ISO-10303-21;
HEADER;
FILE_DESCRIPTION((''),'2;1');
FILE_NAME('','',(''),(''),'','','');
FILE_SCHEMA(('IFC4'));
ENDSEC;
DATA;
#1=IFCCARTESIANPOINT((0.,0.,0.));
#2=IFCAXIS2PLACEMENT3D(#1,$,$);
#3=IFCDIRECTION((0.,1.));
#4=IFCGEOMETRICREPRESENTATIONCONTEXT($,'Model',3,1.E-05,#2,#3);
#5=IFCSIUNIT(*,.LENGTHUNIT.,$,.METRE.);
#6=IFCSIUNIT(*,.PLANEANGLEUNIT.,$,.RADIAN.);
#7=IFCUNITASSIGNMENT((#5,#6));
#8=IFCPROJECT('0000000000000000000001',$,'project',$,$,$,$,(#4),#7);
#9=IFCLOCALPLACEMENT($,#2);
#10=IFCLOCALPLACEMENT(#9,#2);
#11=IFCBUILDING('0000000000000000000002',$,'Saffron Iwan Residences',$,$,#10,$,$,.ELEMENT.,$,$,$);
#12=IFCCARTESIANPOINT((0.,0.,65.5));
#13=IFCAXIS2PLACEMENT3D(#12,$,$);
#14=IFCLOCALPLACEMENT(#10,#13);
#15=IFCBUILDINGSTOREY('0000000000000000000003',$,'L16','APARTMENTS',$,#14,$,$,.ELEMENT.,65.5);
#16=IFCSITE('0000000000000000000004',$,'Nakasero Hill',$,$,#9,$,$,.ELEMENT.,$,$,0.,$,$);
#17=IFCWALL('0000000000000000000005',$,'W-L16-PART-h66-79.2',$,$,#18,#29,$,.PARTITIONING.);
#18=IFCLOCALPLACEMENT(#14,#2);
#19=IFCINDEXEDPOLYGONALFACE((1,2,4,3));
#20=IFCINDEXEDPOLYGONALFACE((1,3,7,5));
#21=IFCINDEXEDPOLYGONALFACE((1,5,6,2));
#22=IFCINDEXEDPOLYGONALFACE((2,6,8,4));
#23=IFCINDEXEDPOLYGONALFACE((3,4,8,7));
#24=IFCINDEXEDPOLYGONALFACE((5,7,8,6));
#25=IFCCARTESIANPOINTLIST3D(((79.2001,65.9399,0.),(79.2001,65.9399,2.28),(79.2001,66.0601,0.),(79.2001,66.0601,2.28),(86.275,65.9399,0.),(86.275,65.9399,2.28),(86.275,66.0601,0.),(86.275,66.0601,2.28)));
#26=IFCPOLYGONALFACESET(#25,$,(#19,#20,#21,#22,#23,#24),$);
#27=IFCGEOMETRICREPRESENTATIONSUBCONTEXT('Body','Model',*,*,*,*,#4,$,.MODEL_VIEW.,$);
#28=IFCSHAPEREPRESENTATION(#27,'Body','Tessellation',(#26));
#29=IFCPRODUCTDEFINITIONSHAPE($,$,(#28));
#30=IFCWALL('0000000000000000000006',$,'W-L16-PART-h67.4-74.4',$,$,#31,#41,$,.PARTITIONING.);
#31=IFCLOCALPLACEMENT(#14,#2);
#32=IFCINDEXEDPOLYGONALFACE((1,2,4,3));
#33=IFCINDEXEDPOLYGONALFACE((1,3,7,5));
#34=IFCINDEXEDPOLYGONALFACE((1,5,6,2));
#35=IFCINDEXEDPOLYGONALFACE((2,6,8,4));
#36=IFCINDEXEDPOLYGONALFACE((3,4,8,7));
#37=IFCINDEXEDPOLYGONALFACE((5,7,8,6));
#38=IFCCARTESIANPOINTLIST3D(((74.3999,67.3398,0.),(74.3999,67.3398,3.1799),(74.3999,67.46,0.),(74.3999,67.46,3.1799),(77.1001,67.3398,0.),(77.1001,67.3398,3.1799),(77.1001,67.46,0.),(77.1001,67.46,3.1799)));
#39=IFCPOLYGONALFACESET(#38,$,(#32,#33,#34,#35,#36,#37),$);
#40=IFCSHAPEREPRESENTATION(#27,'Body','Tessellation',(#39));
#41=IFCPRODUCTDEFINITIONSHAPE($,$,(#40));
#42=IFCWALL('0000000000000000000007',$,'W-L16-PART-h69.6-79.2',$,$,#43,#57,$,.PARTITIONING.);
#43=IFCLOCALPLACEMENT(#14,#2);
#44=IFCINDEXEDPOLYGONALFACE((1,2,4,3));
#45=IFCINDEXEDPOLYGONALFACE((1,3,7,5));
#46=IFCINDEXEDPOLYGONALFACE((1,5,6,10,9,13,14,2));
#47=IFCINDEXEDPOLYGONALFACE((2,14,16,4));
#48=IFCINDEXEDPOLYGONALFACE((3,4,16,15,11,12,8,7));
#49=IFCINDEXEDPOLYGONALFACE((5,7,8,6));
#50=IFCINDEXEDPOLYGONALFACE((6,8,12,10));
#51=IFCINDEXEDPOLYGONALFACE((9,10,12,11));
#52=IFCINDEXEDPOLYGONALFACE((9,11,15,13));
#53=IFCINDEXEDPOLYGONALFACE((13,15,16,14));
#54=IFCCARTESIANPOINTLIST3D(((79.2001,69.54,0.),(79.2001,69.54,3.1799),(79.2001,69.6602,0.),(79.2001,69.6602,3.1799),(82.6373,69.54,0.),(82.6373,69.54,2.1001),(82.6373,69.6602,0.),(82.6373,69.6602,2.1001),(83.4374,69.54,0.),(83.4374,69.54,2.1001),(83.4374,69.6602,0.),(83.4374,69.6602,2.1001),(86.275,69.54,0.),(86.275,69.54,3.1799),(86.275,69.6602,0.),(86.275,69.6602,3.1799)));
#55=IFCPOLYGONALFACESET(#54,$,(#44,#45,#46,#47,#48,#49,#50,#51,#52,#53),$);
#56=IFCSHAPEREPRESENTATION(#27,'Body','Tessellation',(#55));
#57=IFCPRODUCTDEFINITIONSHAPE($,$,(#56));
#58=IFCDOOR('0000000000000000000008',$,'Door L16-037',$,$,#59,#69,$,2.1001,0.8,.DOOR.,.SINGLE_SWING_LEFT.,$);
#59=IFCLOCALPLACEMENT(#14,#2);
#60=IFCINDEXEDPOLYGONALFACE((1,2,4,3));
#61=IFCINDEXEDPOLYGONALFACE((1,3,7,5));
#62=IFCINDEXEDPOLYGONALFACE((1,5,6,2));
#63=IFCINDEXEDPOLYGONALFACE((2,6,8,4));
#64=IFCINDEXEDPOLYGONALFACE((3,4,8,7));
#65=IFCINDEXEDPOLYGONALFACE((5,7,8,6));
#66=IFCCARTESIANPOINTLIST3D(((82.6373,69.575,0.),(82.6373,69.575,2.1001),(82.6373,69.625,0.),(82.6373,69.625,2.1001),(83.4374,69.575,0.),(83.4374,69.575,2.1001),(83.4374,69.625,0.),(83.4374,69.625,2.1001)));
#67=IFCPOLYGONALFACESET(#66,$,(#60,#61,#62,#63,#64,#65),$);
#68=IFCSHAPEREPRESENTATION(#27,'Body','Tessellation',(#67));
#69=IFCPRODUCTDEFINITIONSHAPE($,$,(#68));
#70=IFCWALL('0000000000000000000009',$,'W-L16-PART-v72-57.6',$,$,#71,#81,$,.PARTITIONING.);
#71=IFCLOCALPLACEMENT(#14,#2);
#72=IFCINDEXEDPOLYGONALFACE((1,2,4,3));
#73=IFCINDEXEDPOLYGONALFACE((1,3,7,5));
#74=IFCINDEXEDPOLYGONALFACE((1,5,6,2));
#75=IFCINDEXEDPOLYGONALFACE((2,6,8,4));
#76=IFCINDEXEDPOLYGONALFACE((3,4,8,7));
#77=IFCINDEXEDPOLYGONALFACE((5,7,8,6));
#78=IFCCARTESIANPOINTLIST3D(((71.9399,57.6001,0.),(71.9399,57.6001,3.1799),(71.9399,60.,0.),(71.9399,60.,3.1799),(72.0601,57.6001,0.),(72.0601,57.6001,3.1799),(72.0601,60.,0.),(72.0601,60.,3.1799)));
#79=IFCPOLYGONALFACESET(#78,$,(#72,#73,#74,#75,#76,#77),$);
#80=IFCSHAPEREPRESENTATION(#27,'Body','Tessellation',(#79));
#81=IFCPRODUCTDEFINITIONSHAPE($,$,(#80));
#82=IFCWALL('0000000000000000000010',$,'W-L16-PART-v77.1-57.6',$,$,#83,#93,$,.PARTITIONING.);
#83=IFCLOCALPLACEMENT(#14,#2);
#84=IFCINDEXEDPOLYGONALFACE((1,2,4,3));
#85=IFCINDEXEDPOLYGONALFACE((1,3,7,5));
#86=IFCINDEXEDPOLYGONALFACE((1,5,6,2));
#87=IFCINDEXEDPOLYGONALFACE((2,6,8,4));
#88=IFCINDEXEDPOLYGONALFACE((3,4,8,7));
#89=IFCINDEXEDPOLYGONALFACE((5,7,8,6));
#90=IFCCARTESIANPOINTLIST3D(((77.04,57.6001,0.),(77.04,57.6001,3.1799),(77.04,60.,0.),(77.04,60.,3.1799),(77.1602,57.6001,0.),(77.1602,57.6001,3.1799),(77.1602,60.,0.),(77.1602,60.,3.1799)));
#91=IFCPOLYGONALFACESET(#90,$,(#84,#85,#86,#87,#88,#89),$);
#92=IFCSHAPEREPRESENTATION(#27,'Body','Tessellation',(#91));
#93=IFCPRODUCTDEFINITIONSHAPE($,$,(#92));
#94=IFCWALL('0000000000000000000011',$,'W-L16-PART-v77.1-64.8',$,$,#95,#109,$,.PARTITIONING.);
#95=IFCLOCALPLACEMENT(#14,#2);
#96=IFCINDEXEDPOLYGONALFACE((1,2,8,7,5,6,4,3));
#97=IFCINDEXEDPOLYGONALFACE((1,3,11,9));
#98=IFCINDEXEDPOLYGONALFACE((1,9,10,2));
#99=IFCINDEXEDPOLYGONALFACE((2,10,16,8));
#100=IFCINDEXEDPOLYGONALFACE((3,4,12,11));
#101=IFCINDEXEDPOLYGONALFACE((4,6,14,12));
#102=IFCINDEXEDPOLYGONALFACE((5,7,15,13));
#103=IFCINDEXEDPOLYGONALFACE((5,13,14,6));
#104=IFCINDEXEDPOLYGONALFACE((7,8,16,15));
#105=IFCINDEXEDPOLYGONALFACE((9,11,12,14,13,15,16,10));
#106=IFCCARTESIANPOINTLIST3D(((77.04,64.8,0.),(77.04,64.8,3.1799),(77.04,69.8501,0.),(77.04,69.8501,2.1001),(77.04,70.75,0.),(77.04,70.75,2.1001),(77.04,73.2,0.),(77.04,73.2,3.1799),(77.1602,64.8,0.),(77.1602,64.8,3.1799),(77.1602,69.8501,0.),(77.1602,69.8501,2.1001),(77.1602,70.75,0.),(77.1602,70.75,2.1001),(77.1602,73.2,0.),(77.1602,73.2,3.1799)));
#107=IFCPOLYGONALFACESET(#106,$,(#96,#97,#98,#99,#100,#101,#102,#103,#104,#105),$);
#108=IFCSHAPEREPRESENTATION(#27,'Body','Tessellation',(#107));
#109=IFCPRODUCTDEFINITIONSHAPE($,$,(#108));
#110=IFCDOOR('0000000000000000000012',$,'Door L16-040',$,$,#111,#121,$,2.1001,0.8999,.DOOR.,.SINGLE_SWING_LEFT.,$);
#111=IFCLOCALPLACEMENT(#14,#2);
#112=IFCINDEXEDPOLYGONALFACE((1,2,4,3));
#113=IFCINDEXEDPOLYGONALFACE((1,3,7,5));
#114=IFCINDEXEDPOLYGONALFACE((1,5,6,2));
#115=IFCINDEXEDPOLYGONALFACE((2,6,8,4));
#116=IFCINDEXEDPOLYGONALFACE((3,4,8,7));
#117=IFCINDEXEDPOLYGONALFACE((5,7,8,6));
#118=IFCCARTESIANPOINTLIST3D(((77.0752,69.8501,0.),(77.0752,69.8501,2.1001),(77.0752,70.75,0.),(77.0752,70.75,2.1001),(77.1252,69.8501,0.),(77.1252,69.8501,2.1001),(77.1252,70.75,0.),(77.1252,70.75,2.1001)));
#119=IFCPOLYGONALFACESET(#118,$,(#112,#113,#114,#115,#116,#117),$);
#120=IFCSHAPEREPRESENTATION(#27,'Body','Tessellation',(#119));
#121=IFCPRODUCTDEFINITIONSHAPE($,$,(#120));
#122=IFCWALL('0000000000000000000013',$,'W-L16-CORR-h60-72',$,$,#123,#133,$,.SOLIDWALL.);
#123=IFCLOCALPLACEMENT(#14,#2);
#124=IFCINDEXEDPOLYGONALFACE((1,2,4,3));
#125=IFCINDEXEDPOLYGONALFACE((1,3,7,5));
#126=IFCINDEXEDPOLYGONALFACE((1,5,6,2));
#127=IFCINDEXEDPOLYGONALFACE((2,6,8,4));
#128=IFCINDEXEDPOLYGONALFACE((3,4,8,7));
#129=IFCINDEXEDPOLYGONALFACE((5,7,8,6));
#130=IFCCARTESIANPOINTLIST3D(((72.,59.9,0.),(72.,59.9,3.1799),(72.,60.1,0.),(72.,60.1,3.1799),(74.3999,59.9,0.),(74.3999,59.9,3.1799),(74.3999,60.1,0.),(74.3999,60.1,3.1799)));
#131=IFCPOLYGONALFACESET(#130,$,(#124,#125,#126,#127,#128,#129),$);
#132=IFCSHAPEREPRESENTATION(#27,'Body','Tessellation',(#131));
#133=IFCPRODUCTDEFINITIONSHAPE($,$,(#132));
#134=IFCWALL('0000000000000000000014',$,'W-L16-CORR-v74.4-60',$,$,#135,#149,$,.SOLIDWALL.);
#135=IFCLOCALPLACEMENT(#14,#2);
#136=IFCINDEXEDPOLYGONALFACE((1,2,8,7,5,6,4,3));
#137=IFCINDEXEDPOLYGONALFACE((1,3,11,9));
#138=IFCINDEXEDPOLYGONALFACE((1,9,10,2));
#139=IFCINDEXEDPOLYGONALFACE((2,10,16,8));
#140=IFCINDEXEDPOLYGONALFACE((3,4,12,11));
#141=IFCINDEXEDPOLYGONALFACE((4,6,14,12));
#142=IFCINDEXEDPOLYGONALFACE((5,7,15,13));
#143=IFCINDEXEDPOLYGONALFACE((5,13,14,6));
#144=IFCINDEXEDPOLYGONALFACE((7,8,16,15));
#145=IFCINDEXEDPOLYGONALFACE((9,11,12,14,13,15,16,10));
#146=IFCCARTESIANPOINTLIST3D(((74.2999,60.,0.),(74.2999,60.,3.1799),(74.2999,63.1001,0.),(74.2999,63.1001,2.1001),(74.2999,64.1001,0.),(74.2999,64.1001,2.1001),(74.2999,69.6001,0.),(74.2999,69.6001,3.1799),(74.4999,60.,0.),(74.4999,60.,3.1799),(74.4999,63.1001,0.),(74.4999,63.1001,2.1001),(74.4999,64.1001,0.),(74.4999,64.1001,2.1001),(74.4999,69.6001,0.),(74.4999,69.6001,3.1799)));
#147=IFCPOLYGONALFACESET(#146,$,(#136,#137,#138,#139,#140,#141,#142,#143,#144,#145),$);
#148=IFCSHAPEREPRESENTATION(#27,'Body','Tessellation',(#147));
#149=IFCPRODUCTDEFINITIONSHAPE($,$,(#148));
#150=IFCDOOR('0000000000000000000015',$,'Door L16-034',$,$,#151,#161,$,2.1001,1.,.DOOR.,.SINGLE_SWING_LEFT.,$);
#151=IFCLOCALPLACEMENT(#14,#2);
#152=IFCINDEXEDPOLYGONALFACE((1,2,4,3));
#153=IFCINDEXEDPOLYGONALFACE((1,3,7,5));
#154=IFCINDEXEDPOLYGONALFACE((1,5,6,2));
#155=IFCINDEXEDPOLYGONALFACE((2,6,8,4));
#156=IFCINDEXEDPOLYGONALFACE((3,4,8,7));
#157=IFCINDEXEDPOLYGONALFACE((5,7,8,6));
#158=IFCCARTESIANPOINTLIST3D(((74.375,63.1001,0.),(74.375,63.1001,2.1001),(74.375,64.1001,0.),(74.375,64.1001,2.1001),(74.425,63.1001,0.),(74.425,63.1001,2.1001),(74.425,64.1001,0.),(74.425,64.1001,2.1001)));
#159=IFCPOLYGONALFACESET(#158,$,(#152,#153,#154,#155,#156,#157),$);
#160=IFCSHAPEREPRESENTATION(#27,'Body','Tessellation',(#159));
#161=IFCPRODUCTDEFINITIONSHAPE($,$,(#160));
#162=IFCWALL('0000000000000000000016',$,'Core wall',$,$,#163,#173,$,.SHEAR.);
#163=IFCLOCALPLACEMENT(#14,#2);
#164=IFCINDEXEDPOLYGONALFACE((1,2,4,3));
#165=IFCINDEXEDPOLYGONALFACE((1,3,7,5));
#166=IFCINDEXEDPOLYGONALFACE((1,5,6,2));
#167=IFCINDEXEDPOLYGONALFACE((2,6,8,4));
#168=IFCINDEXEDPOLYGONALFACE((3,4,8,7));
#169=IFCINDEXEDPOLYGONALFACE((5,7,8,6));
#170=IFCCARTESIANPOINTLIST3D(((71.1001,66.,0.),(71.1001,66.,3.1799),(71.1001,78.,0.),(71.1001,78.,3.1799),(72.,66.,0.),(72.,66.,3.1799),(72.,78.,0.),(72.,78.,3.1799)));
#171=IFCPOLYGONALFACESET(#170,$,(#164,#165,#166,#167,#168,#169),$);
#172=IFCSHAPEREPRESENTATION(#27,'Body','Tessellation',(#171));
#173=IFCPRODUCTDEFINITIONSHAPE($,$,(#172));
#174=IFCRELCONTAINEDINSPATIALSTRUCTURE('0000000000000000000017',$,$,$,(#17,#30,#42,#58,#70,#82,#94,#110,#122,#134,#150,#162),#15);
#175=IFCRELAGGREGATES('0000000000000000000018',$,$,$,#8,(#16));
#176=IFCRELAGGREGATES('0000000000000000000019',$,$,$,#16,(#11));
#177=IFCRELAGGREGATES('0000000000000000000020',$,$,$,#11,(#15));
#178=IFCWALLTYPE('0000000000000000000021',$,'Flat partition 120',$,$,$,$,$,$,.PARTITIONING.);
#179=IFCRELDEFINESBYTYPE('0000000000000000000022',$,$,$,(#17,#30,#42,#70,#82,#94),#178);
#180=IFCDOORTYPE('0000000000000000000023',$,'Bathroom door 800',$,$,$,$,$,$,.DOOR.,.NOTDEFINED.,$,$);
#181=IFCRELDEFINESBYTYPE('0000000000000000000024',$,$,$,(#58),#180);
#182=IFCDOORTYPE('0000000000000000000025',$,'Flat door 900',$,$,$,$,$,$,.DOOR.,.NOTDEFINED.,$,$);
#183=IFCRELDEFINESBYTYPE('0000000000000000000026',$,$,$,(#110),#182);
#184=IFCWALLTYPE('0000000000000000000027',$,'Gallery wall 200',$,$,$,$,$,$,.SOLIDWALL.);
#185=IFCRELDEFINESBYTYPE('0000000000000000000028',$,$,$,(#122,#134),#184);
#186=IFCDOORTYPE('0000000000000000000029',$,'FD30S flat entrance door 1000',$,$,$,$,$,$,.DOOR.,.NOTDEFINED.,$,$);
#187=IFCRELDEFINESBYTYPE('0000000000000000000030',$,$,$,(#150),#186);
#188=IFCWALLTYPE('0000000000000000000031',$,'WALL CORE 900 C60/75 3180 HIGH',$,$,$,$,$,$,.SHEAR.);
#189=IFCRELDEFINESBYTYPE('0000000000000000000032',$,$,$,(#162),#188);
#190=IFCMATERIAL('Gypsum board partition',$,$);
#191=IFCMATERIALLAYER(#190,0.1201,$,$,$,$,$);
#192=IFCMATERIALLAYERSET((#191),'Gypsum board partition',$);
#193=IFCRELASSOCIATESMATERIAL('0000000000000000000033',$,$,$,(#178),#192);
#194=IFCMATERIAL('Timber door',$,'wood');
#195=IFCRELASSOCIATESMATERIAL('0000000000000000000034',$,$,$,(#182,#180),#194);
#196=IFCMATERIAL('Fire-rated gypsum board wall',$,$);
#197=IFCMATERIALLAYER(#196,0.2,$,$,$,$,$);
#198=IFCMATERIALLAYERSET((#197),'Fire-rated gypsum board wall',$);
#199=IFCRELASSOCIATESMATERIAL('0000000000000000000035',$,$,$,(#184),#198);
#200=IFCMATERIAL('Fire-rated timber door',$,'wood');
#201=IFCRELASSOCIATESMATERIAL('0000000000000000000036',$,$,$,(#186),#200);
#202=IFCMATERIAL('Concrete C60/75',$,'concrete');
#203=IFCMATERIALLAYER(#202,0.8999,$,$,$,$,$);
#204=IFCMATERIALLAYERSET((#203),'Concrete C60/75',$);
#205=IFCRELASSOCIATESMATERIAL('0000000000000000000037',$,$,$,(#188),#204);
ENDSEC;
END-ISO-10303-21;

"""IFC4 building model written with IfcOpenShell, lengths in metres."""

from ifc_helpers import new_model, si_unit, direction, frame, frame_2d, origin, place, context, subcontext, project, spatial, rectangle, extrude, material, layer, layer_set, type_object, element, fill, save


model = new_model("IFC4")

# Units and contexts
model_context = context("Model", 3, precision=1e-05, world=origin(), true_north=direction((0.0, 1.0)))
body_context = subcontext(model_context, "Body", "Model", "MODEL_VIEW")
ifc_project = project(units=[si_unit("LENGTHUNIT", "METRE"), si_unit("PLANEANGLEUNIT", "RADIAN")], contexts=[model_context])

# Site, building, storey
site_placement = place(None, origin())
site = spatial("IfcSite", under=ifc_project, at=site_placement, Name="Nakasero Hill", CompositionType="ELEMENT", RefElevation=0.0)
building_placement = place(site_placement, origin())
building = spatial("IfcBuilding", under=site, at=building_placement, Name="Saffron Iwan Residences", CompositionType="ELEMENT")
storey_placement = place(building_placement, frame((0.0, 0.0, 65.5)))
storey = spatial("IfcBuildingStorey", under=building, at=storey_placement, Name="L16", Description="APARTMENTS", CompositionType="ELEMENT", Elevation=65.5)

# Shared definitions
ifc_material_1 = material(Name="Concrete C60/75", Category="concrete")

# Shared definitions
ifc_material_2 = material(Name="Fire-rated gypsum board wall")
ifc_material_3 = material(Name="Gypsum board partition")
ifc_layer_1 = layer(ifc_material_3, 0.1201)
ifc_layer_set_1 = layer_set([ifc_layer_1], Name="Gypsum board partition")
wall_type_1 = type_object("IfcWallType", Name="Flat partition 120", PredefinedType="PARTITIONING", material=ifc_layer_set_1)

# Shared definitions
ifc_material_4 = material(Name="Timber door", Category="wood")
door_type_1 = type_object("IfcDoorType", Name="Flat door 900", OperationType="NOTDEFINED", PredefinedType="DOOR", material=ifc_material_4)

# Walls
wall_1_placement = place(storey_placement, frame((79.2, 66.0, 0.0), z_axis=(0.0, 0.0, 1.0), x_axis=(1.0, 0.0, 0.0)))
element("IfcWall", 1, at=wall_1_placement, inside=storey, type_object=wall_type_1, Name="W-L16-PART-h66-79.2", PredefinedType="PARTITIONING", context=body_context, shape_type="SweptSolid", body=[
    extrude(rectangle(XDim=7.075, YDim=0.1201, at=frame_2d((3.5376, 0.0))), origin(), (0.0, 0.0, 1.0), 2.28),
])
wall_2_placement = place(storey_placement, frame((74.3999, 67.3999, 0.0), z_axis=(0.0, 0.0, 1.0), x_axis=(1.0, 0.0, 0.0)))
element("IfcWall", 2, at=wall_2_placement, inside=storey, type_object=wall_type_1, Name="W-L16-PART-h67.4-74.4", PredefinedType="PARTITIONING", context=body_context, shape_type="SweptSolid", body=[
    extrude(rectangle(XDim=2.7002, YDim=0.1201, at=frame_2d((1.3501, 0.0))), origin(), (0.0, 0.0, 1.0), 3.1799),
])

# Wall, opening, door
wall_3_placement = place(storey_placement, frame((79.2, 69.6001, 0.0), z_axis=(0.0, 0.0, 1.0), x_axis=(1.0, 0.0, 0.0)))
wall_3 = element("IfcWall", 3, at=wall_3_placement, inside=storey, type_object=wall_type_1, Name="W-L16-PART-h69.6-79.2", PredefinedType="PARTITIONING", context=body_context, shape_type="SweptSolid", body=[
    extrude(rectangle(XDim=7.075, YDim=0.1201, at=frame_2d((3.5376, 0.0))), origin(), (0.0, 0.0, 1.0), 3.1799),
])
opening_1_placement = place(wall_3_placement, frame((3.4375, 0.0, 0.0)))
opening_1 = element("IfcOpeningElement", 4, at=opening_1_placement, cuts=wall_3, PredefinedType="OPENING", context=body_context, shape_type="SweptSolid", body=[
    extrude(rectangle(XDim=0.8, YDim=2.1001, at=frame_2d((0.3999, 1.05))), frame((0.0, 0.0701, 0.0), z_axis=(0.0, -1.0, 0.0), x_axis=(1.0, 0.0, 0.0)), (0.0, 0.0, 1.0), 0.1401),
])
door_type_2 = type_object("IfcDoorType", Name="Bathroom door 800", OperationType="NOTDEFINED", PredefinedType="DOOR", material=ifc_material_4)
door_1_placement = place(opening_1_placement, origin())
door_1 = element("IfcDoor", 5, at=door_1_placement, inside=storey, type_object=door_type_2, Name="Door L16-037", OperationType="SINGLE_SWING_LEFT", OverallHeight=2.1001, OverallWidth=0.8, PredefinedType="DOOR", context=body_context, shape_type="SweptSolid", body=[
    extrude(rectangle(XDim=0.8, YDim=2.1001, at=frame_2d((0.3999, 1.05))), frame((0.0, 0.0249, 0.0), z_axis=(0.0, -1.0, 0.0), x_axis=(1.0, 0.0, 0.0)), (0.0, 0.0, 1.0), 0.05),
])
fill(opening_1, door_1)

# Walls
for number, where, z_axis, x_axis, name in (
    (6, (72.0, 57.6001, 0.0), (0.0, 0.0, 1.0), (0.0, 1.0, 0.0), "W-L16-PART-v72-57.6"),
    (7, (77.1001, 57.6001, 0.0), (0.0, 0.0, 1.0), (0.0, 1.0, 0.0), "W-L16-PART-v77.1-57.6"),
):
    element("IfcWall", number, at=place(storey_placement, frame(where, z_axis=z_axis, x_axis=x_axis)), inside=storey, type_object=wall_type_1, Name=name, PredefinedType="PARTITIONING", context=body_context, shape_type="SweptSolid", body=[
        extrude(rectangle(XDim=2.3999, YDim=0.1201, at=frame_2d((1.2, 0.0))), origin(), (0.0, 0.0, 1.0), 3.1799),
    ])

# Wall, opening, door
wall_4_placement = place(storey_placement, frame((77.1001, 64.8, 0.0), z_axis=(0.0, 0.0, 1.0), x_axis=(0.0, 1.0, 0.0)))
wall_4 = element("IfcWall", 8, at=wall_4_placement, inside=storey, type_object=wall_type_1, Name="W-L16-PART-v77.1-64.8", PredefinedType="PARTITIONING", context=body_context, shape_type="SweptSolid", body=[
    extrude(rectangle(XDim=8.3999, YDim=0.1201, at=frame_2d((4.2, 0.0))), origin(), (0.0, 0.0, 1.0), 3.1799),
])
opening_2_placement = place(wall_4_placement, frame((5.05, 0.0, 0.0)))
opening_2 = element("IfcOpeningElement", 9, at=opening_2_placement, cuts=wall_4, PredefinedType="OPENING", context=body_context, shape_type="SweptSolid", body=[
    extrude(rectangle(XDim=0.8999, YDim=2.1001, at=frame_2d((0.45, 1.05))), frame((0.0, 0.0701, 0.0), z_axis=(0.0, -1.0, 0.0), x_axis=(1.0, 0.0, 0.0)), (0.0, 0.0, 1.0), 0.1401),
])
door_2_placement = place(opening_2_placement, origin())
door_2 = element("IfcDoor", 10, at=door_2_placement, inside=storey, type_object=door_type_1, Name="Door L16-040", OperationType="SINGLE_SWING_LEFT", OverallHeight=2.1001, OverallWidth=0.8999, PredefinedType="DOOR", context=body_context, shape_type="SweptSolid", body=[
    extrude(rectangle(XDim=0.8999, YDim=2.1001, at=frame_2d((0.45, 1.05))), frame((0.0, 0.0249, 0.0), z_axis=(0.0, -1.0, 0.0), x_axis=(1.0, 0.0, 0.0)), (0.0, 0.0, 1.0), 0.05),
])
fill(opening_2, door_2)

# Wall
ifc_layer_2 = layer(ifc_material_2, 0.2)
ifc_layer_set_2 = layer_set([ifc_layer_2], Name="Fire-rated gypsum board wall")
wall_type_2 = type_object("IfcWallType", Name="Gallery wall 200", PredefinedType="SOLIDWALL", material=ifc_layer_set_2)
wall_5_placement = place(storey_placement, frame((72.0, 60.0, 0.0), z_axis=(0.0, 0.0, 1.0), x_axis=(1.0, 0.0, 0.0)))
element("IfcWall", 11, at=wall_5_placement, inside=storey, type_object=wall_type_2, Name="W-L16-CORR-h60-72", PredefinedType="SOLIDWALL", context=body_context, shape_type="SweptSolid", body=[
    extrude(rectangle(XDim=2.3999, YDim=0.2, at=frame_2d((1.2, 0.0))), origin(), (0.0, 0.0, 1.0), 3.1799),
])

# Wall, opening, door
wall_6_placement = place(storey_placement, frame((74.3999, 60.0, 0.0), z_axis=(0.0, 0.0, 1.0), x_axis=(0.0, 1.0, 0.0)))
wall_6 = element("IfcWall", 12, at=wall_6_placement, inside=storey, type_object=wall_type_2, Name="W-L16-CORR-v74.4-60", PredefinedType="SOLIDWALL", context=body_context, shape_type="SweptSolid", body=[
    extrude(rectangle(XDim=9.6001, YDim=0.2, at=frame_2d((4.8, 0.0))), origin(), (0.0, 0.0, 1.0), 3.1799),
])
opening_3_placement = place(wall_6_placement, frame((3.1001, 0.0, 0.0)))
opening_3 = element("IfcOpeningElement", 13, at=opening_3_placement, cuts=wall_6, PredefinedType="OPENING", context=body_context, shape_type="SweptSolid", body=[
    extrude(rectangle(XDim=1.0, YDim=2.1001, at=frame_2d((0.5, 1.05))), frame((0.0, 0.1099, 0.0), z_axis=(0.0, -1.0, 0.0), x_axis=(1.0, 0.0, 0.0)), (0.0, 0.0, 1.0), 0.22),
])
ifc_material_5 = material(Name="Fire-rated timber door", Category="wood")
door_type_3 = type_object("IfcDoorType", Name="FD30S flat entrance door 1000", OperationType="NOTDEFINED", PredefinedType="DOOR", material=ifc_material_5)
door_3_placement = place(opening_3_placement, origin())
door_3 = element("IfcDoor", 14, at=door_3_placement, inside=storey, type_object=door_type_3, Name="Door L16-034", OperationType="SINGLE_SWING_LEFT", OverallHeight=2.1001, OverallWidth=1.0, PredefinedType="DOOR", context=body_context, shape_type="SweptSolid", body=[
    extrude(rectangle(XDim=1.0, YDim=2.1001, at=frame_2d((0.5, 1.05))), frame((0.0, 0.0249, 0.0), z_axis=(0.0, -1.0, 0.0), x_axis=(1.0, 0.0, 0.0)), (0.0, 0.0, 1.0), 0.05),
])
fill(opening_3, door_3)

# Wall
ifc_layer_3 = layer(ifc_material_1, 0.8999)
ifc_layer_set_3 = layer_set([ifc_layer_3], Name="Concrete C60/75")
wall_type_3 = type_object("IfcWallType", Name="WALL CORE 900 C60/75 3180 HIGH", PredefinedType="SHEAR", material=ifc_layer_set_3)
wall_7_placement = place(storey_placement, frame((71.55, 66.0, 0.0), z_axis=(0.0, 0.0, 1.0), x_axis=(0.0, 1.0, 0.0)))
element("IfcWall", 15, at=wall_7_placement, inside=storey, type_object=wall_type_3, Name="Core wall", PredefinedType="SHEAR", context=body_context, shape_type="SweptSolid", body=[
    extrude(rectangle(XDim=12.0, YDim=0.8999, at=frame_2d((6.0, 0.0))), origin(), (0.0, 0.0, 1.0), 3.1799),
])

save(model, "model.ifc")
